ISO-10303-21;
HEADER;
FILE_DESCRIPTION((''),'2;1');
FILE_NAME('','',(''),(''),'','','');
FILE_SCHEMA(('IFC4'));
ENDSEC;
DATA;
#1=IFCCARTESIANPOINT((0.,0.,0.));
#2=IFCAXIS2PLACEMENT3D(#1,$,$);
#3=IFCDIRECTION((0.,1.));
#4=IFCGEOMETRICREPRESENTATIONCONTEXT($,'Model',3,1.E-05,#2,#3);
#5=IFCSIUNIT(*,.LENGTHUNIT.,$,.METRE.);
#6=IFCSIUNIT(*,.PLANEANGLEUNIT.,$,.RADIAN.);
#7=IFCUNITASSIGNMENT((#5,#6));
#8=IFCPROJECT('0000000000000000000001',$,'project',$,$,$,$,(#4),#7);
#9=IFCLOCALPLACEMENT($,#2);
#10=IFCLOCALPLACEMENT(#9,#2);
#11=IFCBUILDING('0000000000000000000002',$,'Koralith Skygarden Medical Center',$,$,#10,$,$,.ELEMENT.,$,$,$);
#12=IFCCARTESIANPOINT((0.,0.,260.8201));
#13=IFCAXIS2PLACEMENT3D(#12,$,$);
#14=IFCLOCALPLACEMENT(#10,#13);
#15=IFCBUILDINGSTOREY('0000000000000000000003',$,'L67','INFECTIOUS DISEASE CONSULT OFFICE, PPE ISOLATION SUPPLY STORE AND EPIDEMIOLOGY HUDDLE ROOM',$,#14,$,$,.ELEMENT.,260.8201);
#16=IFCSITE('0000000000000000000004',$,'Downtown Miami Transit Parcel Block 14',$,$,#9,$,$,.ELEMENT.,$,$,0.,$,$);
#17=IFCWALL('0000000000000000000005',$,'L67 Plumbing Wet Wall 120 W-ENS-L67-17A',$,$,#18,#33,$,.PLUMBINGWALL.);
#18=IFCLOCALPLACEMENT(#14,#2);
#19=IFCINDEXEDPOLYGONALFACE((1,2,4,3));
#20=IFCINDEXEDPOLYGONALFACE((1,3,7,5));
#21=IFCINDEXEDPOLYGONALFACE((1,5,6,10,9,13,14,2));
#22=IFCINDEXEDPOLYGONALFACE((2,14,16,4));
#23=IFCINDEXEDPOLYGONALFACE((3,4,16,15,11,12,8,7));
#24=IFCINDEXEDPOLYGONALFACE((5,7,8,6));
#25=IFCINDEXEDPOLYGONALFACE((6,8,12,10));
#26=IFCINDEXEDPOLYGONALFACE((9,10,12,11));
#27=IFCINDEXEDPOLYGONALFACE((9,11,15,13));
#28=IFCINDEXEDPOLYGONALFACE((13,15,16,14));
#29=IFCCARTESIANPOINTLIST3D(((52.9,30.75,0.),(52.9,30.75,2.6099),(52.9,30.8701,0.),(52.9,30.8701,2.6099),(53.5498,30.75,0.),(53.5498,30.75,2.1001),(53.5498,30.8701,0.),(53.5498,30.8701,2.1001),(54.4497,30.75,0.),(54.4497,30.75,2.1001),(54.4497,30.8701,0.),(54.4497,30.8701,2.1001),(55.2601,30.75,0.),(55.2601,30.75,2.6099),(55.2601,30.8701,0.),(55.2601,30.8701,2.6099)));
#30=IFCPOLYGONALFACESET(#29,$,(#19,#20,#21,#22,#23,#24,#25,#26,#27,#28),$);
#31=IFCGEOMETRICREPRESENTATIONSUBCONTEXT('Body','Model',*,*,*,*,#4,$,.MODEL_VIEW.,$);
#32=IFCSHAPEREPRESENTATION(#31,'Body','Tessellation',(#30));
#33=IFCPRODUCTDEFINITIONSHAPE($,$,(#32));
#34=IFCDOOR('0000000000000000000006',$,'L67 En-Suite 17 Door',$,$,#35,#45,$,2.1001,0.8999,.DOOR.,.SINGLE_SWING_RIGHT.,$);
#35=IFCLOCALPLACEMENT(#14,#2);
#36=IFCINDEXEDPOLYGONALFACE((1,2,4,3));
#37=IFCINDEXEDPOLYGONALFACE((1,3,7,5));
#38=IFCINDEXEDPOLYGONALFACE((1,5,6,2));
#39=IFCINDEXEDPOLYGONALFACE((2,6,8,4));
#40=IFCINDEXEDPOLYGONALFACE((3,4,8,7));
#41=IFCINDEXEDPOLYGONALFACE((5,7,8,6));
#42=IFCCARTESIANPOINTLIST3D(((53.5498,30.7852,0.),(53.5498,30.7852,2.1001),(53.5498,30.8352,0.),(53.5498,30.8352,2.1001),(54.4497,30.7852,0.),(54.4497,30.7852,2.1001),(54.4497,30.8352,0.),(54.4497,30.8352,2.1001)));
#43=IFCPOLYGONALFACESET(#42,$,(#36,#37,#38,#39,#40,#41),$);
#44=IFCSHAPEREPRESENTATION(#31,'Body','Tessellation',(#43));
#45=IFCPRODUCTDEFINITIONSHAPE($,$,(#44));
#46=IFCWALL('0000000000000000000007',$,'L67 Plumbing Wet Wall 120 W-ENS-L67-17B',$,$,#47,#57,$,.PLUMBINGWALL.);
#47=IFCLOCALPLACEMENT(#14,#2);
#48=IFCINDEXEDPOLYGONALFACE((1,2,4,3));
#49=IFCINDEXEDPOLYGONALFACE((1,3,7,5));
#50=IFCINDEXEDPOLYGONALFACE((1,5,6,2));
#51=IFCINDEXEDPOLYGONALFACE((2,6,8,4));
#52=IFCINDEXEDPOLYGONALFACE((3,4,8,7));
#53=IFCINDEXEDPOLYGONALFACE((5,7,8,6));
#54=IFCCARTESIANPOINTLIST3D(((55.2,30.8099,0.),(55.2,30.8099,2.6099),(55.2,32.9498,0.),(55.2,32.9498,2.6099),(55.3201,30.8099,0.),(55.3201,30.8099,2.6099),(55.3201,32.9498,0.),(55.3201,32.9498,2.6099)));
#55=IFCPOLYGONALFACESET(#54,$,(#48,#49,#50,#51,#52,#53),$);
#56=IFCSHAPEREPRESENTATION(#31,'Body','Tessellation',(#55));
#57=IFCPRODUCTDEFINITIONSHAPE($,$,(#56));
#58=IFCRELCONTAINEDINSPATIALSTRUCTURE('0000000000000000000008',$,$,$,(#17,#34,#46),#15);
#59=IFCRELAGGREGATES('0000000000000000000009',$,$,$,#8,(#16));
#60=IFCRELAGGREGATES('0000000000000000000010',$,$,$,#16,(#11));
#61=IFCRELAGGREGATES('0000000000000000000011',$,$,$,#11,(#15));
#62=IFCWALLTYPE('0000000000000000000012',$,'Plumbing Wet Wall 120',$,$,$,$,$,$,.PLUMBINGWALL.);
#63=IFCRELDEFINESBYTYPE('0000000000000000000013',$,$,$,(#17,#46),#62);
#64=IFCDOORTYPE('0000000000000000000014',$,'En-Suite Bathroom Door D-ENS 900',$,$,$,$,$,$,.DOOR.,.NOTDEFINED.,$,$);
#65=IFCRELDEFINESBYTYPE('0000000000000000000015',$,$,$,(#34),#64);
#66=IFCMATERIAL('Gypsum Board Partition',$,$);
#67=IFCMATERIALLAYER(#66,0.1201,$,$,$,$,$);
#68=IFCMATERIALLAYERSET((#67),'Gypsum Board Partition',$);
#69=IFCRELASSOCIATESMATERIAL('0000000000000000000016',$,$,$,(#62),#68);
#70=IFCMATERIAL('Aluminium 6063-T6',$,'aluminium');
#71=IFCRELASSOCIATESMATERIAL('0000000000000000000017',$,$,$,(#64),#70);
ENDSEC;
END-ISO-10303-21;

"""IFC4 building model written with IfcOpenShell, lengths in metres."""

from ifc_helpers import new_model, si_unit, direction, frame, frame_2d, origin, place, context, subcontext, project, spatial, rectangle, extrude, material, layer, layer_set, type_object, element, fill, save


model = new_model("IFC4")

# Units and contexts
model_context = context("Model", 3, precision=1e-05, world=origin(), true_north=direction((0.0, 1.0)))
body_context = subcontext(model_context, "Body", "Model", "MODEL_VIEW")
ifc_project = project(units=[si_unit("LENGTHUNIT", "METRE"), si_unit("PLANEANGLEUNIT", "RADIAN")], contexts=[model_context])

# Site, building, storey
site_placement = place(None, origin())
site = spatial("IfcSite", under=ifc_project, at=site_placement, Name="Downtown Miami Transit Parcel Block 14", CompositionType="ELEMENT", RefElevation=0.0)
building_placement = place(site_placement, origin())
building = spatial("IfcBuilding", under=site, at=building_placement, Name="Koralith Skygarden Medical Center", CompositionType="ELEMENT")
storey_placement = place(building_placement, frame((0.0, 0.0, 260.8201)))
storey = spatial("IfcBuildingStorey", under=building, at=storey_placement, Name="L67", Description="INFECTIOUS DISEASE CONSULT OFFICE, PPE ISOLATION SUPPLY STORE AND EPIDEMIOLOGY HUDDLE ROOM", CompositionType="ELEMENT", Elevation=260.8201)

# Shared definitions
ifc_material_1 = material(Name="Aluminium 6063-T6", Category="aluminium")

# Shared definitions
ifc_material_2 = material(Name="Gypsum Board Partition")

# Wall, opening, door
ifc_layer_1 = layer(ifc_material_2, 0.1201)
ifc_layer_set_1 = layer_set([ifc_layer_1], Name="Gypsum Board Partition")
wall_type_1 = type_object("IfcWallType", Name="Plumbing Wet Wall 120", PredefinedType="PLUMBINGWALL", material=ifc_layer_set_1)
wall_1_placement = place(storey_placement, frame((52.8999, 30.8101, 0.0), z_axis=(0.0, 0.0, 1.0), x_axis=(1.0, 0.0, 0.0)))
wall_1 = element("IfcWall", 1, at=wall_1_placement, inside=storey, type_object=wall_type_1, Name="L67 Plumbing Wet Wall 120 W-ENS-L67-17A", PredefinedType="PLUMBINGWALL", context=body_context, shape_type="SweptSolid", body=[
    extrude(rectangle(XDim=2.3601, YDim=0.1201, at=frame_2d((1.1802, 0.0))), origin(), (0.0, 0.0, 1.0), 2.6099),
])
opening_1_placement = place(wall_1_placement, frame((0.6499, 0.0, 0.0)))
opening_1 = element("IfcOpeningElement", 2, at=opening_1_placement, cuts=wall_1, PredefinedType="OPENING", context=body_context, shape_type="SweptSolid", body=[
    extrude(rectangle(XDim=0.8999, YDim=2.1001, at=frame_2d((0.45, 1.05))), frame((0.0, 0.0701, 0.0), z_axis=(0.0, -1.0, 0.0), x_axis=(1.0, 0.0, 0.0)), (0.0, 0.0, 1.0), 0.1401),
])
door_type_1 = type_object("IfcDoorType", Name="En-Suite Bathroom Door D-ENS 900", OperationType="NOTDEFINED", PredefinedType="DOOR", material=ifc_material_1)
door_1_placement = place(opening_1_placement, frame((0.8999, 0.0, 0.0), z_axis=(0.0, 0.0, 1.0), x_axis=(-1.0, 0.0, 0.0)))
door_1 = element("IfcDoor", 3, at=door_1_placement, inside=storey, type_object=door_type_1, Name="L67 En-Suite 17 Door", OperationType="SINGLE_SWING_RIGHT", OverallHeight=2.1001, OverallWidth=0.8999, PredefinedType="DOOR", context=body_context, shape_type="SweptSolid", body=[
    extrude(rectangle(XDim=0.8999, YDim=2.1001, at=frame_2d((0.45, 1.05))), frame((0.0, 0.0249, 0.0), z_axis=(0.0, -1.0, 0.0), x_axis=(1.0, 0.0, 0.0)), (0.0, 0.0, 1.0), 0.05),
])
fill(opening_1, door_1)

# Wall
wall_2_placement = place(storey_placement, frame((55.26, 30.8101, 0.0), z_axis=(0.0, 0.0, 1.0), x_axis=(0.0, 1.0, 0.0)))
element("IfcWall", 4, at=wall_2_placement, inside=storey, type_object=wall_type_1, Name="L67 Plumbing Wet Wall 120 W-ENS-L67-17B", PredefinedType="PLUMBINGWALL", context=body_context, shape_type="SweptSolid", body=[
    extrude(rectangle(XDim=2.1399, YDim=0.1201, at=frame_2d((1.0698, 0.0))), origin(), (0.0, 0.0, 1.0), 2.6099),
])

save(model, "model.ifc")
